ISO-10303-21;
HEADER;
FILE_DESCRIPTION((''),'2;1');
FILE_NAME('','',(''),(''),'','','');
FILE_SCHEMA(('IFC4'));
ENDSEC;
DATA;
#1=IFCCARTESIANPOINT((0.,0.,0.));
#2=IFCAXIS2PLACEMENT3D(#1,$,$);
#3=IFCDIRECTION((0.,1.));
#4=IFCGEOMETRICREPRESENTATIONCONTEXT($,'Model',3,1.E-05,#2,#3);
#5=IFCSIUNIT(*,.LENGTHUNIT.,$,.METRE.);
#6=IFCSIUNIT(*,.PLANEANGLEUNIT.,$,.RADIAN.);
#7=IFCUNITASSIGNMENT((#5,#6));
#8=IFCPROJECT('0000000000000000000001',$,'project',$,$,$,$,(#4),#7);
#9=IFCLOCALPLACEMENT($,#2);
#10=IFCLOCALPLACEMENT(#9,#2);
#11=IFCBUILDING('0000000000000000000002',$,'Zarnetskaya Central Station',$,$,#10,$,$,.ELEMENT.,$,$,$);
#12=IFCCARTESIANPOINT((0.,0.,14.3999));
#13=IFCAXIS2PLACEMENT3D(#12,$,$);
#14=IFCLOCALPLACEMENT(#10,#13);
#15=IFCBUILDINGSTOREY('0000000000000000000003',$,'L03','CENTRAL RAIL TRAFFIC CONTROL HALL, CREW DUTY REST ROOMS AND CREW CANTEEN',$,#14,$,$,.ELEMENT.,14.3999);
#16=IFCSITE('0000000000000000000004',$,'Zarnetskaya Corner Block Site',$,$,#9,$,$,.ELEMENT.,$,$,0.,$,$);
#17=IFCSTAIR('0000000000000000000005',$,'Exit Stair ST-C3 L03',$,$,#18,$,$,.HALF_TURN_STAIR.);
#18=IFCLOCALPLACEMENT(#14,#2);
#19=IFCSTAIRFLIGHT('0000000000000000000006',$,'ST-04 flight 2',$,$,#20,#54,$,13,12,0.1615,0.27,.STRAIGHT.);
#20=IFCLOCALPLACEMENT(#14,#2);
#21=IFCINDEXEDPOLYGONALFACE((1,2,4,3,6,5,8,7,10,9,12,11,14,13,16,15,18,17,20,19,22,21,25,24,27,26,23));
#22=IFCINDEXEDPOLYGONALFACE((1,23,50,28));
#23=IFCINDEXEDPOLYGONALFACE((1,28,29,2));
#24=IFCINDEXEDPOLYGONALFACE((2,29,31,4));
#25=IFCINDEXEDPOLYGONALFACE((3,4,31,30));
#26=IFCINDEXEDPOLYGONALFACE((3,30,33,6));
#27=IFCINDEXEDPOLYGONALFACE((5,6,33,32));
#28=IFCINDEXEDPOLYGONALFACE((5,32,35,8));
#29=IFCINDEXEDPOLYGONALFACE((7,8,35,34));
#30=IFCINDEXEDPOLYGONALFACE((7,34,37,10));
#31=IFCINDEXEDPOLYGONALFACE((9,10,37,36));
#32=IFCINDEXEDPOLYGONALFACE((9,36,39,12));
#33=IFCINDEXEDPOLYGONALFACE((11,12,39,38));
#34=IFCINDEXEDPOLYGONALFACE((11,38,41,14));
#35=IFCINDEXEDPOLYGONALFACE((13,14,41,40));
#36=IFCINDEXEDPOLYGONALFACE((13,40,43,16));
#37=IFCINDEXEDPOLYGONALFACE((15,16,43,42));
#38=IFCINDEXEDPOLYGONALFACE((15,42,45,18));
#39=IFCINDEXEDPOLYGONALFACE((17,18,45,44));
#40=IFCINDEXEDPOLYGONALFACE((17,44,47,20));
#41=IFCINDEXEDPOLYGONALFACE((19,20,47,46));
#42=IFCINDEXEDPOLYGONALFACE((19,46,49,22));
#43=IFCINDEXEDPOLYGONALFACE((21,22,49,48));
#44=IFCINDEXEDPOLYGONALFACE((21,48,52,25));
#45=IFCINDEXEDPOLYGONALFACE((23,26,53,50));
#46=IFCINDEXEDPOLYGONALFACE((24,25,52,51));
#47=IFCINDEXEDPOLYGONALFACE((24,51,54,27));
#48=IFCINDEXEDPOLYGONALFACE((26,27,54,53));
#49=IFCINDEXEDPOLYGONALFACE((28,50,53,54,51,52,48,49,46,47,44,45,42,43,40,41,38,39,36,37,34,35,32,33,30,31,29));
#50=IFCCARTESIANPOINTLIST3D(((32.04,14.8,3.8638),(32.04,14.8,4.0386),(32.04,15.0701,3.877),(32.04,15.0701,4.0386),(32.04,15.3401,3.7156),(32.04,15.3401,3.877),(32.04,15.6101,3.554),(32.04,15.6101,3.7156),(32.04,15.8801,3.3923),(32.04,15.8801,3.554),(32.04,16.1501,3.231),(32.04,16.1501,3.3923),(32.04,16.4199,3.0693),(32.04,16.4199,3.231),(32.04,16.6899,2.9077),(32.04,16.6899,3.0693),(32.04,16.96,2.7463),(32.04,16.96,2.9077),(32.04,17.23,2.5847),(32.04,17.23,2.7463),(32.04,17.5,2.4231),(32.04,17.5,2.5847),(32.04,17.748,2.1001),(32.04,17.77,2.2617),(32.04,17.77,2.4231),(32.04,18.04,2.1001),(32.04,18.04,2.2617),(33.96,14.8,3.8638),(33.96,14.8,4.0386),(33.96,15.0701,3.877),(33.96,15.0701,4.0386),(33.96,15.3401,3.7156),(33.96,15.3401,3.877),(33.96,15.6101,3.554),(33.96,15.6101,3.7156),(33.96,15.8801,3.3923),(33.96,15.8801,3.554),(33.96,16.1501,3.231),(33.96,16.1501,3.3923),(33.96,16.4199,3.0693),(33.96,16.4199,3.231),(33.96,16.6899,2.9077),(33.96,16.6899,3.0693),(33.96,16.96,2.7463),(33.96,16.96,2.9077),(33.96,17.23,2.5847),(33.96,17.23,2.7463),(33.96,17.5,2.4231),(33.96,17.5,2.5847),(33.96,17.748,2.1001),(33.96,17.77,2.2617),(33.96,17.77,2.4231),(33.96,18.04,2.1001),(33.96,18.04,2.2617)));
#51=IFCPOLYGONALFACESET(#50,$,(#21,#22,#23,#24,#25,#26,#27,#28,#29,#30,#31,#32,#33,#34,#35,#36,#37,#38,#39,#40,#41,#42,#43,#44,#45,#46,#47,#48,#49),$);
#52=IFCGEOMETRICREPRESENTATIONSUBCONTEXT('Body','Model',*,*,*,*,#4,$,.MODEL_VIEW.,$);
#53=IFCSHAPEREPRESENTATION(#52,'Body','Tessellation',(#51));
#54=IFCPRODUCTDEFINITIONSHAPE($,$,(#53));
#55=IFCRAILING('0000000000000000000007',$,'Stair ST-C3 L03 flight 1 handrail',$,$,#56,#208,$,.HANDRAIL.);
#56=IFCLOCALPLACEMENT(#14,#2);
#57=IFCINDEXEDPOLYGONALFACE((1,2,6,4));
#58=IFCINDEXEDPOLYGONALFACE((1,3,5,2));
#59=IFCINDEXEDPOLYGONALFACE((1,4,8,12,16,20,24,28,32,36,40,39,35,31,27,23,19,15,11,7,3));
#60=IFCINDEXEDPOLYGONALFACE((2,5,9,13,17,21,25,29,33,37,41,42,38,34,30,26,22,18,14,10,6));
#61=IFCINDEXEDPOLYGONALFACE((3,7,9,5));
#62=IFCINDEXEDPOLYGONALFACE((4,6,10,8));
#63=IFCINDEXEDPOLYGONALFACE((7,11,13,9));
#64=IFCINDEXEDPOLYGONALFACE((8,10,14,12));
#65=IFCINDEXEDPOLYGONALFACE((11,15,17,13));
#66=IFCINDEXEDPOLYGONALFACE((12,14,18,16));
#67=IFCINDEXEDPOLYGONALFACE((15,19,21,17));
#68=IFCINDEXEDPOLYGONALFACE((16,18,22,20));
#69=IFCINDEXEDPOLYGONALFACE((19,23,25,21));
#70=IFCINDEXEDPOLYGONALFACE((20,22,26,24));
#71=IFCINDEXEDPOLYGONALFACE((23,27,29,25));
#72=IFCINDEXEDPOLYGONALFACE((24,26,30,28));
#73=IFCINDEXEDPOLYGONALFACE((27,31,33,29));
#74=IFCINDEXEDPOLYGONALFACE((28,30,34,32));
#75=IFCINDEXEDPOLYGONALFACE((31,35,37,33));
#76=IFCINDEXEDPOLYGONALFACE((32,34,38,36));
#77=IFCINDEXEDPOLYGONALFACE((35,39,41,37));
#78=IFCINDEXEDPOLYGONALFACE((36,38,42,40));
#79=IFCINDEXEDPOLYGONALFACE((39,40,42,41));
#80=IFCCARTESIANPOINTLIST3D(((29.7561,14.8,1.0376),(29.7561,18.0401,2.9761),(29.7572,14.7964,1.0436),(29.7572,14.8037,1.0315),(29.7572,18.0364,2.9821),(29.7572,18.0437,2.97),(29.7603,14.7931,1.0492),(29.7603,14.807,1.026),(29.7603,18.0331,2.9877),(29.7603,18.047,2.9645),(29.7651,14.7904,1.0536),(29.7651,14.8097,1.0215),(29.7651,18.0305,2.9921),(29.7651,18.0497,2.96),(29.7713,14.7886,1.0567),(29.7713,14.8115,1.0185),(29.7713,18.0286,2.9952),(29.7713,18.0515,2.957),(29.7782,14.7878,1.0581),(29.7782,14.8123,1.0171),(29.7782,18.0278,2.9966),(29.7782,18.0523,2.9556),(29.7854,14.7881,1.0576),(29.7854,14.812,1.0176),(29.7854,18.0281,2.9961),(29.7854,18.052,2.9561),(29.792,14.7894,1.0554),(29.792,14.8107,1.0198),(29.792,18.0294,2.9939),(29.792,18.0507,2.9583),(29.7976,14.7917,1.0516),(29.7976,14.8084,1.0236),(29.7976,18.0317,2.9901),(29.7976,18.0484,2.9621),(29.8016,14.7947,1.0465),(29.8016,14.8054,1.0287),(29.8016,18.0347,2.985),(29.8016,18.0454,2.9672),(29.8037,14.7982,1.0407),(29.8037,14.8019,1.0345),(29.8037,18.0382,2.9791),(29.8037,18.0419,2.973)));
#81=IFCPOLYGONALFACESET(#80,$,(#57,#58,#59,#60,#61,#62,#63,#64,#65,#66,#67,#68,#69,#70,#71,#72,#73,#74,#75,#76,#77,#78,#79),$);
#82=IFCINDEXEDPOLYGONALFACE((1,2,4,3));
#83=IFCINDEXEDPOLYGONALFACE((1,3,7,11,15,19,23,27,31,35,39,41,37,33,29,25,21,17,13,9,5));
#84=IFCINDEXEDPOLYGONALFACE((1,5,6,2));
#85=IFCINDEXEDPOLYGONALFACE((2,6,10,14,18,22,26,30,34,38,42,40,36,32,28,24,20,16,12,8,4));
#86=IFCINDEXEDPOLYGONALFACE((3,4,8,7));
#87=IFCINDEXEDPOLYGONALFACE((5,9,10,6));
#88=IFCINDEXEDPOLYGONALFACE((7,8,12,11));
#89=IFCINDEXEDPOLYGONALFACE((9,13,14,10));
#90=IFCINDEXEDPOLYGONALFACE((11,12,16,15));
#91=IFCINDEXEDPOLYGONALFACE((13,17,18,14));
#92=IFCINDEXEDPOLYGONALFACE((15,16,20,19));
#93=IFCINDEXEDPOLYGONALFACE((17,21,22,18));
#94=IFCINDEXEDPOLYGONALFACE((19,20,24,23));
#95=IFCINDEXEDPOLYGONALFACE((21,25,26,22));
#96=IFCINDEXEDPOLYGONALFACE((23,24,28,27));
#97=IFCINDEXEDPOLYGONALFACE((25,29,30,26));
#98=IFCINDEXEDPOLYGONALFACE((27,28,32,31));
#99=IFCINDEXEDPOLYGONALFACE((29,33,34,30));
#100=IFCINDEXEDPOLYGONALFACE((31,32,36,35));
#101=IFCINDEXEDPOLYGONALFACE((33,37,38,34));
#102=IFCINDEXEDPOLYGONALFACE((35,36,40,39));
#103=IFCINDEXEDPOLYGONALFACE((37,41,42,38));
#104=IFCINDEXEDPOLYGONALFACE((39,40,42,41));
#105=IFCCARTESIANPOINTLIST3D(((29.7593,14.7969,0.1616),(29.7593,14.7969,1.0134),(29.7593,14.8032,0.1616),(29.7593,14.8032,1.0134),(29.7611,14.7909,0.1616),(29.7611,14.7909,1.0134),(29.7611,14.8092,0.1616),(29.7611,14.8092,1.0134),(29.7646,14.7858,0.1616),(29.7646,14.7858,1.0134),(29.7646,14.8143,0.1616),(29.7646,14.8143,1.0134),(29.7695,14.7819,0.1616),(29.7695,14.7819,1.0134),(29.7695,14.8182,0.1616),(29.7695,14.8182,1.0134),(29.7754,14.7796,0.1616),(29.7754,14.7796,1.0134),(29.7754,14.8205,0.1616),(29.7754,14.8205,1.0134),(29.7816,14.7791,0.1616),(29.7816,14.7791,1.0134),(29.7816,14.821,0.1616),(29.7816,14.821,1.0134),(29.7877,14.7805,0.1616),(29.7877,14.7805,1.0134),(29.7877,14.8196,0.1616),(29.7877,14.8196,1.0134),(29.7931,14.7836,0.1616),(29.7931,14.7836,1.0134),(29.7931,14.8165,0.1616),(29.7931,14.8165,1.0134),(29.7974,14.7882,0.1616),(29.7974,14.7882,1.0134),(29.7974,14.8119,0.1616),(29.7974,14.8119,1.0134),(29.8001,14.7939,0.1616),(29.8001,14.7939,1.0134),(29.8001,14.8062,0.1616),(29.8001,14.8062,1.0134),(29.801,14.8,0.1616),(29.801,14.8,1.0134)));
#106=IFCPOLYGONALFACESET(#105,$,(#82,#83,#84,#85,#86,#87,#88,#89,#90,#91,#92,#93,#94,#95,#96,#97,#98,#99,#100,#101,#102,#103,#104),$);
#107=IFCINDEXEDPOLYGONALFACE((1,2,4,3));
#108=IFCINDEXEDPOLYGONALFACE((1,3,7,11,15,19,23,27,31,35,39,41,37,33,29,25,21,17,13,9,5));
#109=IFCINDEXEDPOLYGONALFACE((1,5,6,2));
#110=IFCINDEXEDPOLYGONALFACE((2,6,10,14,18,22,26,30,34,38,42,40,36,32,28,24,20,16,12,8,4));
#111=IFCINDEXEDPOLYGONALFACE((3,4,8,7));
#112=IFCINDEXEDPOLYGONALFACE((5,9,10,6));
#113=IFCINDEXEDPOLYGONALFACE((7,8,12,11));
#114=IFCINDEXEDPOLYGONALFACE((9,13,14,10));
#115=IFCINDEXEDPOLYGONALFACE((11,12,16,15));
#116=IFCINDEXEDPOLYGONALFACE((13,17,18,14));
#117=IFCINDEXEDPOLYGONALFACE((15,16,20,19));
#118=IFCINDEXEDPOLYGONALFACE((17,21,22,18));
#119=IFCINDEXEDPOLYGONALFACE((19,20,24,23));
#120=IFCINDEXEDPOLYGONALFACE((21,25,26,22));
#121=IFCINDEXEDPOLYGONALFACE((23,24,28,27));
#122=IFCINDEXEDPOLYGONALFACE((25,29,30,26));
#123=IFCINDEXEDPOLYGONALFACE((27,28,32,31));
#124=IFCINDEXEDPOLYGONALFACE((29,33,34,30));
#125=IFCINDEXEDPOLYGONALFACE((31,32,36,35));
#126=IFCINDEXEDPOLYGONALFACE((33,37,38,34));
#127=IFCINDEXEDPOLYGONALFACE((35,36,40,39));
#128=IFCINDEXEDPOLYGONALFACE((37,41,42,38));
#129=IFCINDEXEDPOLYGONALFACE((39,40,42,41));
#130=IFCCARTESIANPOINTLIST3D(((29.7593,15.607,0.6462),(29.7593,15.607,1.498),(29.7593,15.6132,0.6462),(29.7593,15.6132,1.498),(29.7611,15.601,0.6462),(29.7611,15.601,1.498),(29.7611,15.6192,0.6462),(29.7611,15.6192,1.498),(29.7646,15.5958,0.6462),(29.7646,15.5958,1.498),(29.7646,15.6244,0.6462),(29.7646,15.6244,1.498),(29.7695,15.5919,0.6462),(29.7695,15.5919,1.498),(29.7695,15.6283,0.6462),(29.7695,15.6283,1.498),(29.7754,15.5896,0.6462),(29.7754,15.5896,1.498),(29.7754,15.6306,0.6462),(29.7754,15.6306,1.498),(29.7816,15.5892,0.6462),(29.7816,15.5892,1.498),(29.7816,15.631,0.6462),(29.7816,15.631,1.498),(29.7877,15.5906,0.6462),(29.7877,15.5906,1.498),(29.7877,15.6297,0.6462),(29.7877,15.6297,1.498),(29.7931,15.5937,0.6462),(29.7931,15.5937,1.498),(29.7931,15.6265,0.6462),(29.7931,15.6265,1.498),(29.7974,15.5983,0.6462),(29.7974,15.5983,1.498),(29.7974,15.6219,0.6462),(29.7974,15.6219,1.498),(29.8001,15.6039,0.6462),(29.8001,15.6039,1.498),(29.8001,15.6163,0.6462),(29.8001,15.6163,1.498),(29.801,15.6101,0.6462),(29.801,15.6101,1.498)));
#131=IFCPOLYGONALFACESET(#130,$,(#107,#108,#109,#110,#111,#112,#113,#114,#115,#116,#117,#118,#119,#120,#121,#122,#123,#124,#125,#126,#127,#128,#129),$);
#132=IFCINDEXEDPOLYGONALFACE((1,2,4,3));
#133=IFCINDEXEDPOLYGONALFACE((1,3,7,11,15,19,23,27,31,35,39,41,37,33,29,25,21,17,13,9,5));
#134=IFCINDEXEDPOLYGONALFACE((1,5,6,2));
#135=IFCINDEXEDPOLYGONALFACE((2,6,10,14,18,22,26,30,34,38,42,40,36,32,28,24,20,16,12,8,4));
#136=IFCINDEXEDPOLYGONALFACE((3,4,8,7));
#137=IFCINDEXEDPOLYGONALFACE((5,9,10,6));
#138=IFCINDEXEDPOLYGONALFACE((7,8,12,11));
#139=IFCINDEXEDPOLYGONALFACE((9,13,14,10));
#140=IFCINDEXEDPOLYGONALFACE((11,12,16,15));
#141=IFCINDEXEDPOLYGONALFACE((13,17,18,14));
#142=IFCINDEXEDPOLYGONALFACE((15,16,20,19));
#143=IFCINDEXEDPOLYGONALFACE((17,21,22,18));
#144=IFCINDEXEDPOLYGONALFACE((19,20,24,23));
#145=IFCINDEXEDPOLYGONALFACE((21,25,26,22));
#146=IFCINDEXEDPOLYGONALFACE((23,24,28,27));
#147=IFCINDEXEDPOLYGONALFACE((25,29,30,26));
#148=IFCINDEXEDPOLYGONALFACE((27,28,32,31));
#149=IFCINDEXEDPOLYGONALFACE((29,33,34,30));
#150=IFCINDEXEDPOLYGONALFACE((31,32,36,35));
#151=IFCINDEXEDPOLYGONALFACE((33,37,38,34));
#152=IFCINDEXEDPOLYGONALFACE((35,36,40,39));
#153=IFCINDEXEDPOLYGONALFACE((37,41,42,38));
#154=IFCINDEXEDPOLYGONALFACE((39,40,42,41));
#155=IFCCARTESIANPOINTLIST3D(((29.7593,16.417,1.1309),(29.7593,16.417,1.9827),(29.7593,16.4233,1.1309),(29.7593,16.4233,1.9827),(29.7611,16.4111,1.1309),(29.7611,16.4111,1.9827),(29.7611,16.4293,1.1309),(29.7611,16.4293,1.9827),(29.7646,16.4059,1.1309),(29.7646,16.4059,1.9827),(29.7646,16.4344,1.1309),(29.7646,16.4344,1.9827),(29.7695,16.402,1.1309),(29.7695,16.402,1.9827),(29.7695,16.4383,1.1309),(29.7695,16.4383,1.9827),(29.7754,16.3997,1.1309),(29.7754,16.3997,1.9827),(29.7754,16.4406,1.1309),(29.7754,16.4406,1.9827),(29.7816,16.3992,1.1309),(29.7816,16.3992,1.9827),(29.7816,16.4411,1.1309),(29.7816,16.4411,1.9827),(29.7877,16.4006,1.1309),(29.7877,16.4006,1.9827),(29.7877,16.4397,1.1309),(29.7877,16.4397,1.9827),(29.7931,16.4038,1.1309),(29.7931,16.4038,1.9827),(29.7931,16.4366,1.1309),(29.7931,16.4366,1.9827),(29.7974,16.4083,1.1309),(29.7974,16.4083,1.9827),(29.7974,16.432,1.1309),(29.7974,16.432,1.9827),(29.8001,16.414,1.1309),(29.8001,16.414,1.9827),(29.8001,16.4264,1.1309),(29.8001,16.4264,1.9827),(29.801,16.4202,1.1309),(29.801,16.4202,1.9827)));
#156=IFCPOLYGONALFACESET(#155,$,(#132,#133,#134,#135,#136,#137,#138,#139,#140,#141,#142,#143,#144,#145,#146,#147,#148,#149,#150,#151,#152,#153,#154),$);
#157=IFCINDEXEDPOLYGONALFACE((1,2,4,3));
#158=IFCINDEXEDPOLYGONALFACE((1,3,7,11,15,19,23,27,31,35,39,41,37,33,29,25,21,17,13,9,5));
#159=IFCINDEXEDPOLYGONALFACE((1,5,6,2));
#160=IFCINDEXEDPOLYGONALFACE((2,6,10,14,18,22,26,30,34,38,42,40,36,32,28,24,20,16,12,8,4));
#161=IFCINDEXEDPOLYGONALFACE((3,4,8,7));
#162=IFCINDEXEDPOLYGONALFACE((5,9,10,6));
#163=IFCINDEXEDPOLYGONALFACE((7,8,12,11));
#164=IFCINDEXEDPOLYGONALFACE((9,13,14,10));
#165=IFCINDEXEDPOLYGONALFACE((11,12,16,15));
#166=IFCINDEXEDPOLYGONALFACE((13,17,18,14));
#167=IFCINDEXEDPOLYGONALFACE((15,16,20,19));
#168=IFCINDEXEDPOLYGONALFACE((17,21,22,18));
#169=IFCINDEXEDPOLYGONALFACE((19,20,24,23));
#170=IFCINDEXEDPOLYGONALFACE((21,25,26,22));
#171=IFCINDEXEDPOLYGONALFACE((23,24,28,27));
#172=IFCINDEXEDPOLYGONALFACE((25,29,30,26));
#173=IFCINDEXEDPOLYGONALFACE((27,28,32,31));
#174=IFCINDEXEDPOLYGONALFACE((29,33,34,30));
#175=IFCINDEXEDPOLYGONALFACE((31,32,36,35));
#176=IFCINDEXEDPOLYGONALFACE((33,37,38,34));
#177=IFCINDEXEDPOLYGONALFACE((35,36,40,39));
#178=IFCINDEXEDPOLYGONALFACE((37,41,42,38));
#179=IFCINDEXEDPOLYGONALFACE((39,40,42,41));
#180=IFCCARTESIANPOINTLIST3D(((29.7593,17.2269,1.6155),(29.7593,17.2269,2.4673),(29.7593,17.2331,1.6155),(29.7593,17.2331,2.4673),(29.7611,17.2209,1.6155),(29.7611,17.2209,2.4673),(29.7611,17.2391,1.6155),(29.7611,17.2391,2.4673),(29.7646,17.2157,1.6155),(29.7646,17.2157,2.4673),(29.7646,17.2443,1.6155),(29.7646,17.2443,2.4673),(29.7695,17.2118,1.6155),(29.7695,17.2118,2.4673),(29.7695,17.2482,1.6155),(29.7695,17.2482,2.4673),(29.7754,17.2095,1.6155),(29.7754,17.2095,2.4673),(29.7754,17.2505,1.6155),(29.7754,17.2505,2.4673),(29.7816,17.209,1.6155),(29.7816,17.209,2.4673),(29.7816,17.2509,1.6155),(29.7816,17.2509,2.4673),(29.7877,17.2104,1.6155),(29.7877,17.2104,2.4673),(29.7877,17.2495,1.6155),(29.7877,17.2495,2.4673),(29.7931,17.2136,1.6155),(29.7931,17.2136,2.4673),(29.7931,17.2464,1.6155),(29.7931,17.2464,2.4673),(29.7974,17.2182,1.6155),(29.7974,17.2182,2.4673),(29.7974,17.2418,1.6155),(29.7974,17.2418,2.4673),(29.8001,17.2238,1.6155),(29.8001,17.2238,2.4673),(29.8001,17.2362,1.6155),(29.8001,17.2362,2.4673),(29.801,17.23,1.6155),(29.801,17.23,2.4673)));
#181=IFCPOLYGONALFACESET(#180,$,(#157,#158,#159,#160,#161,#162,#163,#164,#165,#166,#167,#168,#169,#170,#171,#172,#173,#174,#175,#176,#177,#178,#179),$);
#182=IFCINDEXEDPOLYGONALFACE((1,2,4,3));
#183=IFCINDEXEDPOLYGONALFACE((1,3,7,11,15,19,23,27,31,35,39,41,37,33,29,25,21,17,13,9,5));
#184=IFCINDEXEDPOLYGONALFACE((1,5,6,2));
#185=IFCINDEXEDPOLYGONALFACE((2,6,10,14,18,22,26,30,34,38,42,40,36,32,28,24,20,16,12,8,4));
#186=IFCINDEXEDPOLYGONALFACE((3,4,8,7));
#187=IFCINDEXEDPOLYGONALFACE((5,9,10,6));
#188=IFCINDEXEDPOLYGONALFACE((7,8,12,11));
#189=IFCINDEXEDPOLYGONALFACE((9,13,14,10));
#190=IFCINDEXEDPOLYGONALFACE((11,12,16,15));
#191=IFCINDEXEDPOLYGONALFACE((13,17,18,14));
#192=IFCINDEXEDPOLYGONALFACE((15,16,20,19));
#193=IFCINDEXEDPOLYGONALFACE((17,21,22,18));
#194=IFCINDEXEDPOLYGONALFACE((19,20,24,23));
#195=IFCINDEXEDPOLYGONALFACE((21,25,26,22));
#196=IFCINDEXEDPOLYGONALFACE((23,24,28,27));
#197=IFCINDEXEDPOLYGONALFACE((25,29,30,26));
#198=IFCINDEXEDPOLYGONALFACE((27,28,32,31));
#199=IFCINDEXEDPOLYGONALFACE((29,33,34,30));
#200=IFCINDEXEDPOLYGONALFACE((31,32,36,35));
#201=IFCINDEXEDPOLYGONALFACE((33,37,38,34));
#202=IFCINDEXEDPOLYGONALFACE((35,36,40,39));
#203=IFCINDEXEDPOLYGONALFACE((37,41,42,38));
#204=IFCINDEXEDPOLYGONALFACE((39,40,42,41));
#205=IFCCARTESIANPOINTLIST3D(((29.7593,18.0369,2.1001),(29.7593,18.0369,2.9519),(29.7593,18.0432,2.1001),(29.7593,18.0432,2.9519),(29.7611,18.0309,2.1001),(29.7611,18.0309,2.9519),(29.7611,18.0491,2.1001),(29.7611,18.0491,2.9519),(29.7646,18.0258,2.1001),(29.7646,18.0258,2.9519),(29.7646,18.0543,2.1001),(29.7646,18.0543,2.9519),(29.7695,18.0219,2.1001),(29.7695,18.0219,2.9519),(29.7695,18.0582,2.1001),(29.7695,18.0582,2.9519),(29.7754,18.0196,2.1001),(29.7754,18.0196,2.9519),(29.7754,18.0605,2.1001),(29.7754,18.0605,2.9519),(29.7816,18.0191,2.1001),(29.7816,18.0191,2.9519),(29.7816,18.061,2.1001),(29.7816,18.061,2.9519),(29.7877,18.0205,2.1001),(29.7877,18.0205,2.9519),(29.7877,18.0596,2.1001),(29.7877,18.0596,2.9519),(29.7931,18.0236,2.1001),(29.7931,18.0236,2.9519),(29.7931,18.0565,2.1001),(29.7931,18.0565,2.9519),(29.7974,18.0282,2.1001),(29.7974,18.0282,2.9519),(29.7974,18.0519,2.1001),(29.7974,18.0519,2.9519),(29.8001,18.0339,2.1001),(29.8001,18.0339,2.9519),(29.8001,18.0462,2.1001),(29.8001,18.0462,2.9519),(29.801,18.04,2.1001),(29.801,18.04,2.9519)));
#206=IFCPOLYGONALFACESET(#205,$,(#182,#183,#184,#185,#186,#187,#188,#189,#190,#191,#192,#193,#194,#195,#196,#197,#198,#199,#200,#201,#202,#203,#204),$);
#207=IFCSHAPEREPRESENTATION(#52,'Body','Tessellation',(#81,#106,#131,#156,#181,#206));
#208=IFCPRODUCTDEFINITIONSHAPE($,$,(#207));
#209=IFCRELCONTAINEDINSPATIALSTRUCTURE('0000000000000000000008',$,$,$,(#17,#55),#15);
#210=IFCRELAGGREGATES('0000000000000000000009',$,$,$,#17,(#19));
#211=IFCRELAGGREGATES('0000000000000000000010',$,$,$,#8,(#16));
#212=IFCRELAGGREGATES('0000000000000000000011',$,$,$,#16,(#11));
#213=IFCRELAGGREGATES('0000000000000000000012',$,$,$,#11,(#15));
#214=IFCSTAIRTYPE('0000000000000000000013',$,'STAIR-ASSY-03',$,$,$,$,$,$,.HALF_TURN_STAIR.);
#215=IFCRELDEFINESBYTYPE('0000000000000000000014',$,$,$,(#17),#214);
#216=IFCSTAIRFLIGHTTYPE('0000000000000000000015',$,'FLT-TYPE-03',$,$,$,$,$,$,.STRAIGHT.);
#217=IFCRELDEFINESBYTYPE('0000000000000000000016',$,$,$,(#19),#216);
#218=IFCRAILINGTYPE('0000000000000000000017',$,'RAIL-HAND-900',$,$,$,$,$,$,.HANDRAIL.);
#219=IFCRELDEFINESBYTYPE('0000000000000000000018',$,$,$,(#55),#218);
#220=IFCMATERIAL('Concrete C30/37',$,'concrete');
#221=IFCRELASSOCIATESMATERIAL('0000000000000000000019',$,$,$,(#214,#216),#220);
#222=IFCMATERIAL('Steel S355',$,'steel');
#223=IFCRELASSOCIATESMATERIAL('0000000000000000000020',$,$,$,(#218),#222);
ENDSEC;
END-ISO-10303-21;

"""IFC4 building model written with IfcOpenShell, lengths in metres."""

from ifc_helpers import new_model, si_unit, direction, frame, origin, origin_2d, place, context, subcontext, project, spatial, polyline, circle, outline, extrude, material, type_object, element, aggregate, save


model = new_model("IFC4")

# Units and contexts
model_context = context("Model", 3, precision=1e-05, world=origin(), true_north=direction((0.0, 1.0)))
body_context = subcontext(model_context, "Body", "Model", "MODEL_VIEW")
ifc_project = project(units=[si_unit("LENGTHUNIT", "METRE"), si_unit("PLANEANGLEUNIT", "RADIAN")], contexts=[model_context])

# Site, building, storey
site_placement = place(None, origin())
site = spatial("IfcSite", under=ifc_project, at=site_placement, Name="Zarnetskaya Corner Block Site", CompositionType="ELEMENT", RefElevation=0.0)
building_placement = place(site_placement, origin())
building = spatial("IfcBuilding", under=site, at=building_placement, Name="Zarnetskaya Central Station", CompositionType="ELEMENT")
storey_placement = place(building_placement, frame((0.0, 0.0, 14.3999)))
storey = spatial("IfcBuildingStorey", under=building, at=storey_placement, Name="L03", Description="CENTRAL RAIL TRAFFIC CONTROL HALL, CREW DUTY REST ROOMS AND CREW CANTEEN", CompositionType="ELEMENT", Elevation=14.3999)

# Shared definitions
ifc_material_1 = material(Name="Steel S355", Category="steel")

# Stair, stair flight
ifc_material_2 = material(Name="Concrete C30/37", Category="concrete")
stair_type = type_object("IfcStairType", Name="STAIR-ASSY-03", PredefinedType="HALF_TURN_STAIR", material=ifc_material_2)
stair_placement = place(storey_placement, origin())
stair = element("IfcStair", 1, at=stair_placement, inside=storey, type_object=stair_type, Name="Exit Stair ST-C3 L03", PredefinedType="HALF_TURN_STAIR")
stair_flight_type = type_object("IfcStairFlightType", Name="FLT-TYPE-03", PredefinedType="STRAIGHT", material=ifc_material_2)
stair_flight_1_placement = place(storey_placement, frame((33.0, 18.04, 2.1001), z_axis=(0.0, 0.0, 1.0), x_axis=(0.0, -1.0, 0.0)))
stair_flight_1 = element("IfcStairFlight", 2, at=stair_flight_1_placement, type_object=stair_flight_type, Name="ST-04 flight 2", NumberOfRisers=13, NumberOfTreads=12, PredefinedType="STRAIGHT", RiserHeight=0.1615, TreadLength=0.27, context=body_context, shape_type="SweptSolid", body=[
    extrude(outline(polyline([(0.0, 0.0), (0.0, 0.1616), (0.27, 0.1616), (0.27, 0.323), (0.54, 0.323), (0.54, 0.4846), (0.8101, 0.4846), (0.8101, 0.6462), (1.0801, 0.6462), (1.0801, 0.8076), (1.3501, 0.8076), (1.3501, 0.9692), (1.6201, 0.9692), (1.6201, 1.1309), (1.8899, 1.1309), (1.8899, 1.2922), (2.1599, 1.2922), (2.1599, 1.4539), (2.4299, 1.4539), (2.4299, 1.6155), (2.7, 1.6155), (2.7, 1.7769), (2.97, 1.7769), (2.97, 1.9385), (3.24, 1.9385), (3.24, 2.1001), (3.24, 1.7637), (0.292, 0.0), (0.0, 0.0)])), frame((0.0, 0.96, 0.0), z_axis=(0.0, -1.0, 0.0), x_axis=(1.0, 0.0, 0.0)), (0.0, 0.0, 1.0), 1.9199),
])
aggregate(stair, [stair_flight_1])

# Railing
railing_type_1 = type_object("IfcRailingType", Name="RAIL-HAND-900", PredefinedType="HANDRAIL", material=ifc_material_1)
railing_1_placement = place(storey_placement, frame((29.78, 14.8, 0.1616)))
element("IfcRailing", 3, at=railing_1_placement, inside=storey, type_object=railing_type_1, Name="Stair ST-C3 L03 flight 1 handrail", PredefinedType="HANDRAIL", context=body_context, shape_type="SweptSolid", body=[
    extrude(circle(Radius=0.0239, at=origin_2d()), frame((0.0, 0.0, 0.876), z_axis=(0.0, 0.858137, 0.513421), x_axis=(-1.0, 0.0, 0.0)), (0.0, 0.0, 1.0), 3.7756),
    extrude(circle(Radius=0.021, at=origin_2d()), origin(), (0.0, 0.0, 1.0), 0.8518),
    extrude(circle(Radius=0.021, at=origin_2d()), frame((0.0, 0.8101, 0.4846)), (0.0, 0.0, 1.0), 0.8518),
    extrude(circle(Radius=0.021, at=origin_2d()), frame((0.0, 1.6201, 0.9692)), (0.0, 0.0, 1.0), 0.8518),
    extrude(circle(Radius=0.021, at=origin_2d()), frame((0.0, 2.4299, 1.4539)), (0.0, 0.0, 1.0), 0.8518),
    extrude(circle(Radius=0.021, at=origin_2d()), frame((0.0, 3.24, 1.9385)), (0.0, 0.0, 1.0), 0.8518),
])

save(model, "model.ifc")
